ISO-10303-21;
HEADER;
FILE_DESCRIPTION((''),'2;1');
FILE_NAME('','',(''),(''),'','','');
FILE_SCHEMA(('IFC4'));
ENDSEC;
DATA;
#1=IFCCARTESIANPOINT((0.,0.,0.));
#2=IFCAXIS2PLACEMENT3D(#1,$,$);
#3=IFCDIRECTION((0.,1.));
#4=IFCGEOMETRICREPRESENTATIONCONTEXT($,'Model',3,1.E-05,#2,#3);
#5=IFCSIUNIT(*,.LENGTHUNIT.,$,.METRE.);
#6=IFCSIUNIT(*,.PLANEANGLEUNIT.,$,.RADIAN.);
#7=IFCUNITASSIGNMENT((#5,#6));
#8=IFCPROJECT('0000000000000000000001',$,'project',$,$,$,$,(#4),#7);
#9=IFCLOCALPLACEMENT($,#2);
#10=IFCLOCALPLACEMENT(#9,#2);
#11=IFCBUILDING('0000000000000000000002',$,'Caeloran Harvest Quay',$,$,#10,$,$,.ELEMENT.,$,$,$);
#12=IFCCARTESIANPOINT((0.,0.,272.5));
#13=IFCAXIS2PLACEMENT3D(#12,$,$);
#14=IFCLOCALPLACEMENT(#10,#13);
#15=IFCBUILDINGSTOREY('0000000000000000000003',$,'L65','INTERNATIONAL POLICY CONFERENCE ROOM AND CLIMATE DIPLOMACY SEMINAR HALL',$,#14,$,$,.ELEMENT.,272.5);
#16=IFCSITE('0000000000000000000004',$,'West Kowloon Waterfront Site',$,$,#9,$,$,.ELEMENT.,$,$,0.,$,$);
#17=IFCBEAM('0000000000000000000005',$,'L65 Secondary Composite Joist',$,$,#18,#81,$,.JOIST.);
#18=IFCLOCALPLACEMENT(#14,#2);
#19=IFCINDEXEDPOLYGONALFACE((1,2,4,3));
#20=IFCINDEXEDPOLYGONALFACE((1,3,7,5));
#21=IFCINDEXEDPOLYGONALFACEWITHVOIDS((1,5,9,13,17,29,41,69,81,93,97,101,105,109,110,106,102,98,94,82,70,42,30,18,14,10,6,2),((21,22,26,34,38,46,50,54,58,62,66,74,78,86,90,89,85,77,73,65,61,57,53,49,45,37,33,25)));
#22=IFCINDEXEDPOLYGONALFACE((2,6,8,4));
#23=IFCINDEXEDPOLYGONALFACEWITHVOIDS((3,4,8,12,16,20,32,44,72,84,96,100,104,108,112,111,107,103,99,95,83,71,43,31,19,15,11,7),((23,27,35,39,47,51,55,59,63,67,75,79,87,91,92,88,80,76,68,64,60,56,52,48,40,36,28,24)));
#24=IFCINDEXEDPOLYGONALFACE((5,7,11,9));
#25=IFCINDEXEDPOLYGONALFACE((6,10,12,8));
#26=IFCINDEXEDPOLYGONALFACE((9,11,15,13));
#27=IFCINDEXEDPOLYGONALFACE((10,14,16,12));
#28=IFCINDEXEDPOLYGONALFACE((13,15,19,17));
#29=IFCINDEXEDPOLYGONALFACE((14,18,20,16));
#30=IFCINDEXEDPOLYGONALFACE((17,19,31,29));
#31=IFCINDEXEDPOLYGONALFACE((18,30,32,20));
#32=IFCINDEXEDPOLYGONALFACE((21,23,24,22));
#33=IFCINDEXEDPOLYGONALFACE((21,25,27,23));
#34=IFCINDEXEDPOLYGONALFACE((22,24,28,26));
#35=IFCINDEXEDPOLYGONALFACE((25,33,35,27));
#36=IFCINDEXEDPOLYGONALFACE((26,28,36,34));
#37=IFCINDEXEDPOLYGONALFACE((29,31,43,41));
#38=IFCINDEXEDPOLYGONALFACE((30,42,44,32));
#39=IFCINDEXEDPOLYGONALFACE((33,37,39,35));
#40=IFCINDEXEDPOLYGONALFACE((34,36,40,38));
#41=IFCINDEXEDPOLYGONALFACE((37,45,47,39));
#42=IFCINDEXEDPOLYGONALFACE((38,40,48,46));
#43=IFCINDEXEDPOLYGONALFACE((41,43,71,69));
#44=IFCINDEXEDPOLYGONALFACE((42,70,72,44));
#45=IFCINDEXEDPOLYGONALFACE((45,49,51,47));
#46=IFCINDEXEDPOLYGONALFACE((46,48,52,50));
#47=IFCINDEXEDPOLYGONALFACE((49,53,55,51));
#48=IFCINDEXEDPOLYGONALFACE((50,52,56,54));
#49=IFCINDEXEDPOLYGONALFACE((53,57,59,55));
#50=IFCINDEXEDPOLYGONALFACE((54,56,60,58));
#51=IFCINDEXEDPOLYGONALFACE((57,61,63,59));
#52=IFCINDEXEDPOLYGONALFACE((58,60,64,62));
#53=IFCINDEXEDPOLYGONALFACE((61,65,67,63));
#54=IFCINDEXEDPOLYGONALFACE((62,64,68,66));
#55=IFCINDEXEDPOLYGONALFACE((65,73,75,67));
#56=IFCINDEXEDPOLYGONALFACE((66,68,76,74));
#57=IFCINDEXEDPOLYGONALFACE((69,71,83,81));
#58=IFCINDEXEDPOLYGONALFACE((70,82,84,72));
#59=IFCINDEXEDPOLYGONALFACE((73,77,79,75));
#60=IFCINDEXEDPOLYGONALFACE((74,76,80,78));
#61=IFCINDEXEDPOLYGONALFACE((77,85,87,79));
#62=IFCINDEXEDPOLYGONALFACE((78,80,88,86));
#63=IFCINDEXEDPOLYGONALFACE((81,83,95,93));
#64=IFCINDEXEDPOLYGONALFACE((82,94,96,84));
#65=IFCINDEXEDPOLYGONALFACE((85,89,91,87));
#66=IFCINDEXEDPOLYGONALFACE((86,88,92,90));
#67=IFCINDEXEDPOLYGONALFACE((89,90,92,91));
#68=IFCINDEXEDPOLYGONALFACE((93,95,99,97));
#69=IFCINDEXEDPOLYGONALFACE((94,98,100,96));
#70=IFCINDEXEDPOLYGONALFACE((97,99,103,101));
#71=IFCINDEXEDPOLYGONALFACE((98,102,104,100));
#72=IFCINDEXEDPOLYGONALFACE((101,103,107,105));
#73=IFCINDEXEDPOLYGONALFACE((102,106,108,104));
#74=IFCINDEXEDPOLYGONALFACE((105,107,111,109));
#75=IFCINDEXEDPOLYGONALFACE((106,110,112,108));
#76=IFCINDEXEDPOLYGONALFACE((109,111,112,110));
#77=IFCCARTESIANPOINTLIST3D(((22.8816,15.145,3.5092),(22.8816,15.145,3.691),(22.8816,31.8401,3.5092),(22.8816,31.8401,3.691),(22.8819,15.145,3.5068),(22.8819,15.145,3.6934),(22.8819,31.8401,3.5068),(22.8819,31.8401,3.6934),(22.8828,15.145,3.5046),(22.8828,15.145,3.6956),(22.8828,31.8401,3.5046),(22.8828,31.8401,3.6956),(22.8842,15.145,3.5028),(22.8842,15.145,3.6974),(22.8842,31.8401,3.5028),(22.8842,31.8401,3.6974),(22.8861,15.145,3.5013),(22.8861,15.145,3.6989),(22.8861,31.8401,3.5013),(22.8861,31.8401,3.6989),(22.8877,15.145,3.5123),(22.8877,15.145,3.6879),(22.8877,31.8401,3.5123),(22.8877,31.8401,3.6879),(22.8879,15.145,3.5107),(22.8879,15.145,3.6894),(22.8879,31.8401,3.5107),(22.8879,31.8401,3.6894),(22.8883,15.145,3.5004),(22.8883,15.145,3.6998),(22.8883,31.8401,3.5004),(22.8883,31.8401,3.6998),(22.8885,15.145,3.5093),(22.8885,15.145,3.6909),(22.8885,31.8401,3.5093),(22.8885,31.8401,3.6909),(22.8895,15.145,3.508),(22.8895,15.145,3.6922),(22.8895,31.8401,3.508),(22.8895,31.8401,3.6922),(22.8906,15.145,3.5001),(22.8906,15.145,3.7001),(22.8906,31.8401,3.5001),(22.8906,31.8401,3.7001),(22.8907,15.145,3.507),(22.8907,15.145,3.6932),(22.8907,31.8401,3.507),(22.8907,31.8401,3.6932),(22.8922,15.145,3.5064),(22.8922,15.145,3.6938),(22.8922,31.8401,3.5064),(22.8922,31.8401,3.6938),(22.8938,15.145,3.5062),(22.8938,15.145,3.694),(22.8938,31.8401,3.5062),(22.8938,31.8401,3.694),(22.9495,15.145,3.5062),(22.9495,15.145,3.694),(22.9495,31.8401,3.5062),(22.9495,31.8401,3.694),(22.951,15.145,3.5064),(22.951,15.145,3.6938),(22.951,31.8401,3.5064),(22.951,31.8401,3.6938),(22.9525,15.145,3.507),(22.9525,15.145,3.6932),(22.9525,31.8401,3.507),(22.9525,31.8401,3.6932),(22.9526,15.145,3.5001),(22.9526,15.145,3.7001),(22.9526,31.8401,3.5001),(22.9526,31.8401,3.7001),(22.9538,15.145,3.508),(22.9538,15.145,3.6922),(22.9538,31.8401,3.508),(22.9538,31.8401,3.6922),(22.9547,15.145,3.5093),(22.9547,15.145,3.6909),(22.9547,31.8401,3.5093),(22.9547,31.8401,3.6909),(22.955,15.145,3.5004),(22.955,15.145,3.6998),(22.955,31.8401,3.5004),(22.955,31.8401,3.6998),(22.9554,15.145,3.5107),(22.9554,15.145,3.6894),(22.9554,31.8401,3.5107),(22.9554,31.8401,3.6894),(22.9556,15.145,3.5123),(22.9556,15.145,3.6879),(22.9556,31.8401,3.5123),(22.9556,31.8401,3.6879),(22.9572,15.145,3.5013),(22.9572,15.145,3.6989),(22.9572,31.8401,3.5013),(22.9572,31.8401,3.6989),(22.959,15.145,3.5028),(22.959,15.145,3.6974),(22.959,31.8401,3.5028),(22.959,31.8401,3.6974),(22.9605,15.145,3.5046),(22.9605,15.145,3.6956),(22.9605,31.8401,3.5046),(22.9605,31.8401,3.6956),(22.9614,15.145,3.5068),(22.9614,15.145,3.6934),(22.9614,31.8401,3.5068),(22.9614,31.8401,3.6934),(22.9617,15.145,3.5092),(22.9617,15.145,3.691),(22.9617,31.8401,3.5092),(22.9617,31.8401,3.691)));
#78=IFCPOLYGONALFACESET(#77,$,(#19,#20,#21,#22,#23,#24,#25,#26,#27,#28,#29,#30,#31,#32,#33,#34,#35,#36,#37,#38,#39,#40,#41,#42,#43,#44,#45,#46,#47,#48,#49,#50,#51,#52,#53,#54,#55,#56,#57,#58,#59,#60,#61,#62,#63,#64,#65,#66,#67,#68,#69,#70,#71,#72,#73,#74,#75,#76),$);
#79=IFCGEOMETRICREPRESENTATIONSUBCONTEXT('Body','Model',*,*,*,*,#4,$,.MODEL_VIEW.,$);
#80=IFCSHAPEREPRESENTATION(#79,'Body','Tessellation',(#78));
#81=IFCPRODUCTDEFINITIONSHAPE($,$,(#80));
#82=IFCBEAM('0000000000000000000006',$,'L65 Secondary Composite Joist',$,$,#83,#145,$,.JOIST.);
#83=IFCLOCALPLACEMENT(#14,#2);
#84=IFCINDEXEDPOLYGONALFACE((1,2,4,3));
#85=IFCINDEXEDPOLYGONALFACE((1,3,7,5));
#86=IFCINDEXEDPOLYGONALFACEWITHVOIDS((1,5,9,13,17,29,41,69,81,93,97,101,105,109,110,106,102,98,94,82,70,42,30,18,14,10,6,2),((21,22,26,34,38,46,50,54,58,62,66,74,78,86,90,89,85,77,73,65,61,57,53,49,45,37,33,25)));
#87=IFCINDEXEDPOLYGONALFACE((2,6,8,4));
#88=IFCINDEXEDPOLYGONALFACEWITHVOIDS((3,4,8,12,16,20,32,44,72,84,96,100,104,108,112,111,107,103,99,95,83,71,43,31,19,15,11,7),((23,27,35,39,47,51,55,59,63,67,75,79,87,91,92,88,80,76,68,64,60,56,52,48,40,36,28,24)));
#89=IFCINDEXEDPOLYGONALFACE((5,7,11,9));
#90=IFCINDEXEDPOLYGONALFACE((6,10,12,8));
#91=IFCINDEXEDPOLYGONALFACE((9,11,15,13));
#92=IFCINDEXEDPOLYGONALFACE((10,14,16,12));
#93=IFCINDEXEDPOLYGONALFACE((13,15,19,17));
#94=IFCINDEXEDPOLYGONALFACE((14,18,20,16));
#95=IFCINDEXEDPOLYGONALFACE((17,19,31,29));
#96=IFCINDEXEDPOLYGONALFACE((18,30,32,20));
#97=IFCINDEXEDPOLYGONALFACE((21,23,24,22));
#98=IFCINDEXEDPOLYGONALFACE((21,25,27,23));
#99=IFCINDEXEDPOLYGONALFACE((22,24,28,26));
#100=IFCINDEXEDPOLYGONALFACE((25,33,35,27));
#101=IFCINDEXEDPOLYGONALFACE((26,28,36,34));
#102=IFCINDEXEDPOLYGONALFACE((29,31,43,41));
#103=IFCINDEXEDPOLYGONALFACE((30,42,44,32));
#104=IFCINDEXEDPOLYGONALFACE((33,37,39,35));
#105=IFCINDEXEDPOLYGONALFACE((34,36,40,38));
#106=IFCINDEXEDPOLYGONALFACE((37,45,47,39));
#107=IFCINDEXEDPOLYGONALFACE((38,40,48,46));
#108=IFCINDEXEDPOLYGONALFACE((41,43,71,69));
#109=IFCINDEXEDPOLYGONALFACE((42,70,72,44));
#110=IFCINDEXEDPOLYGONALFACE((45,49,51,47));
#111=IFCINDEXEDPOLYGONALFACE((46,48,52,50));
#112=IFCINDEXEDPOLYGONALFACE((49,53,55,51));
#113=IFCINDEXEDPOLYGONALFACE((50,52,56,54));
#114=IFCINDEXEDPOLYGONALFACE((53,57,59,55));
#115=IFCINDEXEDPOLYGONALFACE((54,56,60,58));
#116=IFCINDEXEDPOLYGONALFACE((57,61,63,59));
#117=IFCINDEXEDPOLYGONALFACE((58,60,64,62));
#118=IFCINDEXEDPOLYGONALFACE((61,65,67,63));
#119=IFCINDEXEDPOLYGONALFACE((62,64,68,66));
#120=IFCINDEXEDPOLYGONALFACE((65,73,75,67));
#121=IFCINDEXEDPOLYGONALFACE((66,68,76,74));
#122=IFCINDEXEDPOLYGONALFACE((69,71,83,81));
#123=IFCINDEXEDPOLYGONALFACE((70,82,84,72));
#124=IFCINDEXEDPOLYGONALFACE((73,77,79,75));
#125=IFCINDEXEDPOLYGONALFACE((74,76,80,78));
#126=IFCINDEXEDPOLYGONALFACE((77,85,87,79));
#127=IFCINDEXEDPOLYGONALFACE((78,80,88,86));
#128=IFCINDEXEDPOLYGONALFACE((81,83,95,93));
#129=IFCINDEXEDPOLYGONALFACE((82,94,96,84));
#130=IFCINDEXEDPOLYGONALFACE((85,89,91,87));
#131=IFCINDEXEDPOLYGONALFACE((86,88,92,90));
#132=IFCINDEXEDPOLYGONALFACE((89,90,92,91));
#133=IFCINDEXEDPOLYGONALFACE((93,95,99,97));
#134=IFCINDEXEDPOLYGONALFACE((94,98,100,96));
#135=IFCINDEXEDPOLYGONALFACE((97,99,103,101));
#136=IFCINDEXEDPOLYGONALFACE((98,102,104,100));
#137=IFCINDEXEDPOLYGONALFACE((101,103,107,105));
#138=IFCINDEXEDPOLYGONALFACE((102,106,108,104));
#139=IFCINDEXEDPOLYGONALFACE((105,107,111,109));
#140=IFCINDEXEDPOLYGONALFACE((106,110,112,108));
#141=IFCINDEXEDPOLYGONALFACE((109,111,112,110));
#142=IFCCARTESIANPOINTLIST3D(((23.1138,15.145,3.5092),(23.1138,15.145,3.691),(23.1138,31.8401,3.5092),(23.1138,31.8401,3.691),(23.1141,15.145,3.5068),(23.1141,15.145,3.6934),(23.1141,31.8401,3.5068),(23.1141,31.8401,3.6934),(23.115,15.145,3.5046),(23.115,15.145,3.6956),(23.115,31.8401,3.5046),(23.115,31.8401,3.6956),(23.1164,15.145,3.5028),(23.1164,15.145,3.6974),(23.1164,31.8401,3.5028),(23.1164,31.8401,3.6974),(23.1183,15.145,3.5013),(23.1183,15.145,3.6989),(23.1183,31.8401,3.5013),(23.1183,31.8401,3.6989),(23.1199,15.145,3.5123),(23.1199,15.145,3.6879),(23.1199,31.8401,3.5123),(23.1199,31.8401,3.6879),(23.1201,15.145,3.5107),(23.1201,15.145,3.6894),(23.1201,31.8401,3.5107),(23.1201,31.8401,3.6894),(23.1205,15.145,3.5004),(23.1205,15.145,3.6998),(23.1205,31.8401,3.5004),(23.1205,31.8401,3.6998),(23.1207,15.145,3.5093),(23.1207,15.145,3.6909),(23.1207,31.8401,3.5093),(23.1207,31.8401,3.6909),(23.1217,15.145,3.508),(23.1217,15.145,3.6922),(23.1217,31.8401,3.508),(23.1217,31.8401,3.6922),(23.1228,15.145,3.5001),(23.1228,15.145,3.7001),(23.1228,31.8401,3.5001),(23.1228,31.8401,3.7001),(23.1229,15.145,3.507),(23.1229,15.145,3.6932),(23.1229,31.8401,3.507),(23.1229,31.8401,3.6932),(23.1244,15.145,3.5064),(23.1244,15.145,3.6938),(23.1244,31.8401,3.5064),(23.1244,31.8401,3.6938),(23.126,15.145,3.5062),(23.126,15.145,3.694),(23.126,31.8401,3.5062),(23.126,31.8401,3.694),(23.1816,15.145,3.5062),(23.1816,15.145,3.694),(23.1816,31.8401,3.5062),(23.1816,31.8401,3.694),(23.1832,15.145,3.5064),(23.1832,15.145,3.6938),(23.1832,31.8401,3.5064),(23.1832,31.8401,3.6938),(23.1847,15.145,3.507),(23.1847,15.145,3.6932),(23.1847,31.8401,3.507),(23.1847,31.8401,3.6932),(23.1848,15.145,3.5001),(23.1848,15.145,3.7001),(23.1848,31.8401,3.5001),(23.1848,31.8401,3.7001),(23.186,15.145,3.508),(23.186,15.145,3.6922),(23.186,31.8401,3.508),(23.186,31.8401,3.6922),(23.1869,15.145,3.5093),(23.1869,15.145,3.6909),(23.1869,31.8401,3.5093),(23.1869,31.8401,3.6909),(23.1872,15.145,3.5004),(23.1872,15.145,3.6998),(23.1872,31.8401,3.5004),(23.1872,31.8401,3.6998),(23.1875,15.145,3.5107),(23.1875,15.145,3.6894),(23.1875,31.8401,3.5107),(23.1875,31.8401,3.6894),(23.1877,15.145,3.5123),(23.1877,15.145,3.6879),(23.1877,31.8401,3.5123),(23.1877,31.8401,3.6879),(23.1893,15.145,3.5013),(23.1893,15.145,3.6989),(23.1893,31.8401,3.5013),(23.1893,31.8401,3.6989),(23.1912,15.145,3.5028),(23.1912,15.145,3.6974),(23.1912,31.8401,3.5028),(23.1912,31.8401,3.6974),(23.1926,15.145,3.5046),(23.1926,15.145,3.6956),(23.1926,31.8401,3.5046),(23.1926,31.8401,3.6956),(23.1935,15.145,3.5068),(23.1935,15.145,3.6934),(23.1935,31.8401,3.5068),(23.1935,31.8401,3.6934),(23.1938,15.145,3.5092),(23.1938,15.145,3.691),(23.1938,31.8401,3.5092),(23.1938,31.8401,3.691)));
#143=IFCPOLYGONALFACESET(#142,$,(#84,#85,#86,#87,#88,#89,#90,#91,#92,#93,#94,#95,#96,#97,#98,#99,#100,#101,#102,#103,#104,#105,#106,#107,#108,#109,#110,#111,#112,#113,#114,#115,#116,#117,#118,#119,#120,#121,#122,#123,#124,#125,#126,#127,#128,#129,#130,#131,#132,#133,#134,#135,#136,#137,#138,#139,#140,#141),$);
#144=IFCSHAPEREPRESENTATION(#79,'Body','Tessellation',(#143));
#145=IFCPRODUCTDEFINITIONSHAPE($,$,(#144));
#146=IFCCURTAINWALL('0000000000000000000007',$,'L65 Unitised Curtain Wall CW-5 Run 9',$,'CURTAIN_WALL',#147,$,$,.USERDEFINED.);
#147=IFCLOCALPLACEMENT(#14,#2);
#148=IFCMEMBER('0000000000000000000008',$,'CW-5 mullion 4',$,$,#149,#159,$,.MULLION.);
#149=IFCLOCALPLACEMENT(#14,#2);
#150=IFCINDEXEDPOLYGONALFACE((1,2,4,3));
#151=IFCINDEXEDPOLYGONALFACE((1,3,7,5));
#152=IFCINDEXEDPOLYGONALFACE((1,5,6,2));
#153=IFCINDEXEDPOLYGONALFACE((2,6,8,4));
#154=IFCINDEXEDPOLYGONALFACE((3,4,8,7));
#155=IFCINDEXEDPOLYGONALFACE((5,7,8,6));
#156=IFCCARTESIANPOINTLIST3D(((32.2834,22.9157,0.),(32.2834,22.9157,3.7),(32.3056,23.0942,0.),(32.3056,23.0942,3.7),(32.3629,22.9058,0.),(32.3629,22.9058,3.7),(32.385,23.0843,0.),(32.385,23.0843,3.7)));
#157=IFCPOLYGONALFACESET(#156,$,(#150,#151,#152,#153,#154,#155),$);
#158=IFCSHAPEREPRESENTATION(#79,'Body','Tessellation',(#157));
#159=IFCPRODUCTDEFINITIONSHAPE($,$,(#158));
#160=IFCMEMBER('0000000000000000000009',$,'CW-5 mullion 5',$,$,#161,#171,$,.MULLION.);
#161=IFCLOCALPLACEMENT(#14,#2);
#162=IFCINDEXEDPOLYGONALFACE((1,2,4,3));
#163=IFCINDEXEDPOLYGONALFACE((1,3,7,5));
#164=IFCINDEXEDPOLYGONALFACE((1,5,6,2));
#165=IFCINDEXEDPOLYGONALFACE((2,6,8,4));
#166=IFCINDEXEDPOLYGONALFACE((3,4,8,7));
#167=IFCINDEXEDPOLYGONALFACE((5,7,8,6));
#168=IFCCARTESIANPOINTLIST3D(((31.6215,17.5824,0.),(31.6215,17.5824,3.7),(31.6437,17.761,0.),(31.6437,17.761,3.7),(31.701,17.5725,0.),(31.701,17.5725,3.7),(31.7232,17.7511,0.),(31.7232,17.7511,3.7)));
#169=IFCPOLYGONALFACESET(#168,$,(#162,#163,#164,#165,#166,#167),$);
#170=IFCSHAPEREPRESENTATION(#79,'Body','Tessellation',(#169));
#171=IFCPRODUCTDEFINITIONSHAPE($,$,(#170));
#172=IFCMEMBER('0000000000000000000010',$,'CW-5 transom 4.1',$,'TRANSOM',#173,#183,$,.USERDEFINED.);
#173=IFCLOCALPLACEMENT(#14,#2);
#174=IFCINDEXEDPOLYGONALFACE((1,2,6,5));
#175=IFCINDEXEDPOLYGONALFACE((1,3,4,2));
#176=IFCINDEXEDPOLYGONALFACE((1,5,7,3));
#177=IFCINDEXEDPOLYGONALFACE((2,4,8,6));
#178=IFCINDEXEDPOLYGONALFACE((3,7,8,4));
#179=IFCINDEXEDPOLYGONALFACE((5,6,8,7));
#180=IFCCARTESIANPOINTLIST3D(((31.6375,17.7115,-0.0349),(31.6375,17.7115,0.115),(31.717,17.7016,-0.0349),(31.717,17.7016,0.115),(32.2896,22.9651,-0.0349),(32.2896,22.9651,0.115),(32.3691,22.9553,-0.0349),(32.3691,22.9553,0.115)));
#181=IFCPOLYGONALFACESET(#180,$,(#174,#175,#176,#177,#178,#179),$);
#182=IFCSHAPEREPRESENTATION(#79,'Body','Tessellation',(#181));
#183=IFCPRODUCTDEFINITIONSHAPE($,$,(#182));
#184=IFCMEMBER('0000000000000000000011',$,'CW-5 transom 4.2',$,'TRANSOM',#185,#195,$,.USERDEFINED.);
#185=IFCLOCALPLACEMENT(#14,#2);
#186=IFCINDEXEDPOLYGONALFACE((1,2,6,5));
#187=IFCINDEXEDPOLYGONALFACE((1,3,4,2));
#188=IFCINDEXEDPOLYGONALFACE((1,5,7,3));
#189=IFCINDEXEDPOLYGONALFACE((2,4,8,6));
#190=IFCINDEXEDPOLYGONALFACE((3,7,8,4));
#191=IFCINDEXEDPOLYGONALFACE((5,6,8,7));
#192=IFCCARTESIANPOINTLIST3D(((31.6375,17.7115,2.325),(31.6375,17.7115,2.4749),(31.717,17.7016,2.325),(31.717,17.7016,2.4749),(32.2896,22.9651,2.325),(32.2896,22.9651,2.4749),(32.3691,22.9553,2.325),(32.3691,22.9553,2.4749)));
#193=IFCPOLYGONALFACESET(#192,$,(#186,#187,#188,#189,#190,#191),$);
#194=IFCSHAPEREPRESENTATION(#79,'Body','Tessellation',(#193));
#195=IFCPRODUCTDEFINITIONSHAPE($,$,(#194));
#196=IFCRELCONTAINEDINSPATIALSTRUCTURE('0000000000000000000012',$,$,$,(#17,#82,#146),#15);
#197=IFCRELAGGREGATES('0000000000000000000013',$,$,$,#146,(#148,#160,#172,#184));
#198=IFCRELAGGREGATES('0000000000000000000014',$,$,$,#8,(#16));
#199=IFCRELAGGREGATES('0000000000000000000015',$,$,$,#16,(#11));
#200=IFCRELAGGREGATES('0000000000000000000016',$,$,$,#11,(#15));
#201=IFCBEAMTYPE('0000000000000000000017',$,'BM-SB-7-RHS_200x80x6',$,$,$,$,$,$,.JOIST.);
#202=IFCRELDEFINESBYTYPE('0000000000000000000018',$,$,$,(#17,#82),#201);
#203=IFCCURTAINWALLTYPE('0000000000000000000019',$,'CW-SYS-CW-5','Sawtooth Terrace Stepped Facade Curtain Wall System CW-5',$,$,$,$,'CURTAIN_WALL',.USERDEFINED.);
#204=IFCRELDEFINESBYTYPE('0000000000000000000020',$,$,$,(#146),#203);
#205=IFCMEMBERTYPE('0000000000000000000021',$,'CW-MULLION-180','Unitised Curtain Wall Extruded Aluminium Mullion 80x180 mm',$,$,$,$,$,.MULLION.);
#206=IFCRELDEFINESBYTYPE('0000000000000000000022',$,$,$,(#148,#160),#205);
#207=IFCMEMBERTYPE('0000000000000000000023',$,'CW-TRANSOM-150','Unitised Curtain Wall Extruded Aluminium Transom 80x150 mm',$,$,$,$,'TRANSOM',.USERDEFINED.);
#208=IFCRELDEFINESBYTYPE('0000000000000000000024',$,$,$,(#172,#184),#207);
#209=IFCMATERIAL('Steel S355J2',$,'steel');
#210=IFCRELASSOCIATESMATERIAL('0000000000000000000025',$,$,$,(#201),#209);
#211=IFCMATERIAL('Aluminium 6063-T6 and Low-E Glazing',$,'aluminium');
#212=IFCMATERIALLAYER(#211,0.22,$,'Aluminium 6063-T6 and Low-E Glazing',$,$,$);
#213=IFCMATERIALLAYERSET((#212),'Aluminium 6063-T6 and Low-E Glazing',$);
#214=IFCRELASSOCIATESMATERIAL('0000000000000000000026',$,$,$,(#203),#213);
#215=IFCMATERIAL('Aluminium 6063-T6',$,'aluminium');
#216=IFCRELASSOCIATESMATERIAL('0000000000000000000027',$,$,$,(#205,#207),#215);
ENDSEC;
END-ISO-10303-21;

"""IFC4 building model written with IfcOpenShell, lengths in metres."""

from ifc_helpers import new_model, si_unit, direction, frame, origin, origin_2d, place, context, subcontext, project, spatial, rectangle, hollow_rectangle, extrude, material, layer, layer_set, material_profile, profile_set, type_object, element, aggregate, save


model = new_model("IFC4")

# Units and contexts
model_context = context("Model", 3, precision=1e-05, world=origin(), true_north=direction((0.0, 1.0)))
body_context = subcontext(model_context, "Body", "Model", "MODEL_VIEW")
ifc_project = project(units=[si_unit("LENGTHUNIT", "METRE"), si_unit("PLANEANGLEUNIT", "RADIAN")], contexts=[model_context])

# Site, building, storey
site_placement = place(None, origin())
site = spatial("IfcSite", under=ifc_project, at=site_placement, Name="West Kowloon Waterfront Site", CompositionType="ELEMENT", RefElevation=0.0)
building_placement = place(site_placement, origin())
building = spatial("IfcBuilding", under=site, at=building_placement, Name="Caeloran Harvest Quay", CompositionType="ELEMENT")
storey_placement = place(building_placement, frame((0.0, 0.0, 272.5)))
storey = spatial("IfcBuildingStorey", under=building, at=storey_placement, Name="L65", Description="INTERNATIONAL POLICY CONFERENCE ROOM AND CLIMATE DIPLOMACY SEMINAR HALL", CompositionType="ELEMENT", Elevation=272.5)

# Beams
ifc_material_1 = material(Name="Steel S355J2", Category="steel")
ifc_material_profile_1 = material_profile(ifc_material_1, hollow_rectangle(XDim=0.0801, YDim=0.2, WallThickness=0.0061, InnerFilletRadius=0.0061, OuterFilletRadius=0.009, at=origin_2d()), Name="RHS 200x80x6")
ifc_profile_set_1 = profile_set([ifc_material_profile_1], Name="Steel S355J2")
beam_type_1 = type_object("IfcBeamType", Name="BM-SB-7-RHS_200x80x6", PredefinedType="JOIST", material=ifc_profile_set_1)
for number, where, z_axis, x_axis, name in (
    (1, (22.9216, 15.145, 3.6001), (0.0, 1.0, 0.0), (-1.0, 0.0, 0.0), "L65 Secondary Composite Joist"),
    (2, (23.1538, 15.145, 3.6001), (0.0, 1.0, 0.0), (-1.0, 0.0, 0.0), "L65 Secondary Composite Joist"),
):
    element("IfcBeam", number, at=place(storey_placement, frame(where, z_axis=z_axis, x_axis=x_axis)), inside=storey, type_object=beam_type_1, Name=name, PredefinedType="JOIST", context=body_context, shape_type="SweptSolid", body=[
        extrude(hollow_rectangle(XDim=0.0801, YDim=0.2, WallThickness=0.0061, InnerFilletRadius=0.0061, OuterFilletRadius=0.009, at=origin_2d()), origin(), (0.0, 0.0, 1.0), 16.6951),
    ])

# Curtain wall, members
ifc_material_2 = material(Name="Aluminium 6063-T6 and Low-E Glazing", Category="aluminium")
ifc_layer_1 = layer(ifc_material_2, 0.22, Name="Aluminium 6063-T6 and Low-E Glazing")
ifc_layer_set_1 = layer_set([ifc_layer_1], Name="Aluminium 6063-T6 and Low-E Glazing")
curtain_wall_type = type_object("IfcCurtainWallType", Name="CW-SYS-CW-5", Description="Sawtooth Terrace Stepped Facade Curtain Wall System CW-5", ElementType="CURTAIN_WALL", PredefinedType="USERDEFINED", material=ifc_layer_set_1)
curtain_wall_placement = place(storey_placement, origin())
curtain_wall = element("IfcCurtainWall", 3, at=curtain_wall_placement, inside=storey, type_object=curtain_wall_type, Name="L65 Unitised Curtain Wall CW-5 Run 9", ObjectType="CURTAIN_WALL", PredefinedType="USERDEFINED")
ifc_material_3 = material(Name="Aluminium 6063-T6", Category="aluminium")
ifc_material_profile_2 = material_profile(ifc_material_3, rectangle(XDim=0.0801, YDim=0.1799, at=origin_2d()), Name="CW-MULLION-180")
ifc_profile_set_2 = profile_set([ifc_material_profile_2], Name="Aluminium 6063-T6")
member_type_1 = type_object("IfcMemberType", Name="CW-MULLION-180", Description="Unitised Curtain Wall Extruded Aluminium Mullion 80x180 mm", PredefinedType="MULLION", material=ifc_profile_set_2)
member_1_placement = place(storey_placement, frame((32.3342, 23.0, 0.0), z_axis=(0.0, 0.0, 1.0), x_axis=(0.992383, -0.12319, 0.0)))
member_1 = element("IfcMember", 4, at=member_1_placement, type_object=member_type_1, Name="CW-5 mullion 4", PredefinedType="MULLION", context=body_context, shape_type="SweptSolid", body=[
    extrude(rectangle(XDim=0.0801, YDim=0.1799, at=origin_2d()), origin(), (0.0, 0.0, 1.0), 3.7),
])
member_2_placement = place(storey_placement, frame((31.6724, 17.6667, 0.0), z_axis=(0.0, 0.0, 1.0), x_axis=(0.992383, -0.12319, 0.0)))
member_2 = element("IfcMember", 5, at=member_2_placement, type_object=member_type_1, Name="CW-5 mullion 5", PredefinedType="MULLION", context=body_context, shape_type="SweptSolid", body=[
    extrude(rectangle(XDim=0.0801, YDim=0.1799, at=origin_2d()), origin(), (0.0, 0.0, 1.0), 3.7),
])
ifc_material_profile_3 = material_profile(ifc_material_3, rectangle(XDim=0.0801, YDim=0.1499, at=origin_2d()), Name="CW-TRANSOM-150")
ifc_profile_set_3 = profile_set([ifc_material_profile_3], Name="Aluminium 6063-T6")
member_type_2 = type_object("IfcMemberType", Name="CW-TRANSOM-150", Description="Unitised Curtain Wall Extruded Aluminium Transom 80x150 mm", ElementType="TRANSOM", PredefinedType="USERDEFINED", material=ifc_profile_set_3)
member_3_placement = place(storey_placement, frame((32.3293, 22.9602, 0.04), z_axis=(-0.123178, -0.992385, 0.0), x_axis=(0.992385, -0.123178, 0.0)))
member_3 = element("IfcMember", 6, at=member_3_placement, type_object=member_type_2, Name="CW-5 transom 4.1", ObjectType="TRANSOM", PredefinedType="USERDEFINED", context=body_context, shape_type="SweptSolid", body=[
    extrude(rectangle(XDim=0.0801, YDim=0.1499, at=origin_2d()), origin(), (0.0, 0.0, 1.0), 5.2939),
])
member_4_placement = place(storey_placement, frame((32.3293, 22.9602, 2.3999), z_axis=(-0.123178, -0.992385, 0.0), x_axis=(0.992385, -0.123178, 0.0)))
member_4 = element("IfcMember", 7, at=member_4_placement, type_object=member_type_2, Name="CW-5 transom 4.2", ObjectType="TRANSOM", PredefinedType="USERDEFINED", context=body_context, shape_type="SweptSolid", body=[
    extrude(rectangle(XDim=0.0801, YDim=0.1499, at=origin_2d()), origin(), (0.0, 0.0, 1.0), 5.2939),
])
aggregate(curtain_wall, [member_1, member_2, member_3, member_4])

save(model, "model.ifc")
